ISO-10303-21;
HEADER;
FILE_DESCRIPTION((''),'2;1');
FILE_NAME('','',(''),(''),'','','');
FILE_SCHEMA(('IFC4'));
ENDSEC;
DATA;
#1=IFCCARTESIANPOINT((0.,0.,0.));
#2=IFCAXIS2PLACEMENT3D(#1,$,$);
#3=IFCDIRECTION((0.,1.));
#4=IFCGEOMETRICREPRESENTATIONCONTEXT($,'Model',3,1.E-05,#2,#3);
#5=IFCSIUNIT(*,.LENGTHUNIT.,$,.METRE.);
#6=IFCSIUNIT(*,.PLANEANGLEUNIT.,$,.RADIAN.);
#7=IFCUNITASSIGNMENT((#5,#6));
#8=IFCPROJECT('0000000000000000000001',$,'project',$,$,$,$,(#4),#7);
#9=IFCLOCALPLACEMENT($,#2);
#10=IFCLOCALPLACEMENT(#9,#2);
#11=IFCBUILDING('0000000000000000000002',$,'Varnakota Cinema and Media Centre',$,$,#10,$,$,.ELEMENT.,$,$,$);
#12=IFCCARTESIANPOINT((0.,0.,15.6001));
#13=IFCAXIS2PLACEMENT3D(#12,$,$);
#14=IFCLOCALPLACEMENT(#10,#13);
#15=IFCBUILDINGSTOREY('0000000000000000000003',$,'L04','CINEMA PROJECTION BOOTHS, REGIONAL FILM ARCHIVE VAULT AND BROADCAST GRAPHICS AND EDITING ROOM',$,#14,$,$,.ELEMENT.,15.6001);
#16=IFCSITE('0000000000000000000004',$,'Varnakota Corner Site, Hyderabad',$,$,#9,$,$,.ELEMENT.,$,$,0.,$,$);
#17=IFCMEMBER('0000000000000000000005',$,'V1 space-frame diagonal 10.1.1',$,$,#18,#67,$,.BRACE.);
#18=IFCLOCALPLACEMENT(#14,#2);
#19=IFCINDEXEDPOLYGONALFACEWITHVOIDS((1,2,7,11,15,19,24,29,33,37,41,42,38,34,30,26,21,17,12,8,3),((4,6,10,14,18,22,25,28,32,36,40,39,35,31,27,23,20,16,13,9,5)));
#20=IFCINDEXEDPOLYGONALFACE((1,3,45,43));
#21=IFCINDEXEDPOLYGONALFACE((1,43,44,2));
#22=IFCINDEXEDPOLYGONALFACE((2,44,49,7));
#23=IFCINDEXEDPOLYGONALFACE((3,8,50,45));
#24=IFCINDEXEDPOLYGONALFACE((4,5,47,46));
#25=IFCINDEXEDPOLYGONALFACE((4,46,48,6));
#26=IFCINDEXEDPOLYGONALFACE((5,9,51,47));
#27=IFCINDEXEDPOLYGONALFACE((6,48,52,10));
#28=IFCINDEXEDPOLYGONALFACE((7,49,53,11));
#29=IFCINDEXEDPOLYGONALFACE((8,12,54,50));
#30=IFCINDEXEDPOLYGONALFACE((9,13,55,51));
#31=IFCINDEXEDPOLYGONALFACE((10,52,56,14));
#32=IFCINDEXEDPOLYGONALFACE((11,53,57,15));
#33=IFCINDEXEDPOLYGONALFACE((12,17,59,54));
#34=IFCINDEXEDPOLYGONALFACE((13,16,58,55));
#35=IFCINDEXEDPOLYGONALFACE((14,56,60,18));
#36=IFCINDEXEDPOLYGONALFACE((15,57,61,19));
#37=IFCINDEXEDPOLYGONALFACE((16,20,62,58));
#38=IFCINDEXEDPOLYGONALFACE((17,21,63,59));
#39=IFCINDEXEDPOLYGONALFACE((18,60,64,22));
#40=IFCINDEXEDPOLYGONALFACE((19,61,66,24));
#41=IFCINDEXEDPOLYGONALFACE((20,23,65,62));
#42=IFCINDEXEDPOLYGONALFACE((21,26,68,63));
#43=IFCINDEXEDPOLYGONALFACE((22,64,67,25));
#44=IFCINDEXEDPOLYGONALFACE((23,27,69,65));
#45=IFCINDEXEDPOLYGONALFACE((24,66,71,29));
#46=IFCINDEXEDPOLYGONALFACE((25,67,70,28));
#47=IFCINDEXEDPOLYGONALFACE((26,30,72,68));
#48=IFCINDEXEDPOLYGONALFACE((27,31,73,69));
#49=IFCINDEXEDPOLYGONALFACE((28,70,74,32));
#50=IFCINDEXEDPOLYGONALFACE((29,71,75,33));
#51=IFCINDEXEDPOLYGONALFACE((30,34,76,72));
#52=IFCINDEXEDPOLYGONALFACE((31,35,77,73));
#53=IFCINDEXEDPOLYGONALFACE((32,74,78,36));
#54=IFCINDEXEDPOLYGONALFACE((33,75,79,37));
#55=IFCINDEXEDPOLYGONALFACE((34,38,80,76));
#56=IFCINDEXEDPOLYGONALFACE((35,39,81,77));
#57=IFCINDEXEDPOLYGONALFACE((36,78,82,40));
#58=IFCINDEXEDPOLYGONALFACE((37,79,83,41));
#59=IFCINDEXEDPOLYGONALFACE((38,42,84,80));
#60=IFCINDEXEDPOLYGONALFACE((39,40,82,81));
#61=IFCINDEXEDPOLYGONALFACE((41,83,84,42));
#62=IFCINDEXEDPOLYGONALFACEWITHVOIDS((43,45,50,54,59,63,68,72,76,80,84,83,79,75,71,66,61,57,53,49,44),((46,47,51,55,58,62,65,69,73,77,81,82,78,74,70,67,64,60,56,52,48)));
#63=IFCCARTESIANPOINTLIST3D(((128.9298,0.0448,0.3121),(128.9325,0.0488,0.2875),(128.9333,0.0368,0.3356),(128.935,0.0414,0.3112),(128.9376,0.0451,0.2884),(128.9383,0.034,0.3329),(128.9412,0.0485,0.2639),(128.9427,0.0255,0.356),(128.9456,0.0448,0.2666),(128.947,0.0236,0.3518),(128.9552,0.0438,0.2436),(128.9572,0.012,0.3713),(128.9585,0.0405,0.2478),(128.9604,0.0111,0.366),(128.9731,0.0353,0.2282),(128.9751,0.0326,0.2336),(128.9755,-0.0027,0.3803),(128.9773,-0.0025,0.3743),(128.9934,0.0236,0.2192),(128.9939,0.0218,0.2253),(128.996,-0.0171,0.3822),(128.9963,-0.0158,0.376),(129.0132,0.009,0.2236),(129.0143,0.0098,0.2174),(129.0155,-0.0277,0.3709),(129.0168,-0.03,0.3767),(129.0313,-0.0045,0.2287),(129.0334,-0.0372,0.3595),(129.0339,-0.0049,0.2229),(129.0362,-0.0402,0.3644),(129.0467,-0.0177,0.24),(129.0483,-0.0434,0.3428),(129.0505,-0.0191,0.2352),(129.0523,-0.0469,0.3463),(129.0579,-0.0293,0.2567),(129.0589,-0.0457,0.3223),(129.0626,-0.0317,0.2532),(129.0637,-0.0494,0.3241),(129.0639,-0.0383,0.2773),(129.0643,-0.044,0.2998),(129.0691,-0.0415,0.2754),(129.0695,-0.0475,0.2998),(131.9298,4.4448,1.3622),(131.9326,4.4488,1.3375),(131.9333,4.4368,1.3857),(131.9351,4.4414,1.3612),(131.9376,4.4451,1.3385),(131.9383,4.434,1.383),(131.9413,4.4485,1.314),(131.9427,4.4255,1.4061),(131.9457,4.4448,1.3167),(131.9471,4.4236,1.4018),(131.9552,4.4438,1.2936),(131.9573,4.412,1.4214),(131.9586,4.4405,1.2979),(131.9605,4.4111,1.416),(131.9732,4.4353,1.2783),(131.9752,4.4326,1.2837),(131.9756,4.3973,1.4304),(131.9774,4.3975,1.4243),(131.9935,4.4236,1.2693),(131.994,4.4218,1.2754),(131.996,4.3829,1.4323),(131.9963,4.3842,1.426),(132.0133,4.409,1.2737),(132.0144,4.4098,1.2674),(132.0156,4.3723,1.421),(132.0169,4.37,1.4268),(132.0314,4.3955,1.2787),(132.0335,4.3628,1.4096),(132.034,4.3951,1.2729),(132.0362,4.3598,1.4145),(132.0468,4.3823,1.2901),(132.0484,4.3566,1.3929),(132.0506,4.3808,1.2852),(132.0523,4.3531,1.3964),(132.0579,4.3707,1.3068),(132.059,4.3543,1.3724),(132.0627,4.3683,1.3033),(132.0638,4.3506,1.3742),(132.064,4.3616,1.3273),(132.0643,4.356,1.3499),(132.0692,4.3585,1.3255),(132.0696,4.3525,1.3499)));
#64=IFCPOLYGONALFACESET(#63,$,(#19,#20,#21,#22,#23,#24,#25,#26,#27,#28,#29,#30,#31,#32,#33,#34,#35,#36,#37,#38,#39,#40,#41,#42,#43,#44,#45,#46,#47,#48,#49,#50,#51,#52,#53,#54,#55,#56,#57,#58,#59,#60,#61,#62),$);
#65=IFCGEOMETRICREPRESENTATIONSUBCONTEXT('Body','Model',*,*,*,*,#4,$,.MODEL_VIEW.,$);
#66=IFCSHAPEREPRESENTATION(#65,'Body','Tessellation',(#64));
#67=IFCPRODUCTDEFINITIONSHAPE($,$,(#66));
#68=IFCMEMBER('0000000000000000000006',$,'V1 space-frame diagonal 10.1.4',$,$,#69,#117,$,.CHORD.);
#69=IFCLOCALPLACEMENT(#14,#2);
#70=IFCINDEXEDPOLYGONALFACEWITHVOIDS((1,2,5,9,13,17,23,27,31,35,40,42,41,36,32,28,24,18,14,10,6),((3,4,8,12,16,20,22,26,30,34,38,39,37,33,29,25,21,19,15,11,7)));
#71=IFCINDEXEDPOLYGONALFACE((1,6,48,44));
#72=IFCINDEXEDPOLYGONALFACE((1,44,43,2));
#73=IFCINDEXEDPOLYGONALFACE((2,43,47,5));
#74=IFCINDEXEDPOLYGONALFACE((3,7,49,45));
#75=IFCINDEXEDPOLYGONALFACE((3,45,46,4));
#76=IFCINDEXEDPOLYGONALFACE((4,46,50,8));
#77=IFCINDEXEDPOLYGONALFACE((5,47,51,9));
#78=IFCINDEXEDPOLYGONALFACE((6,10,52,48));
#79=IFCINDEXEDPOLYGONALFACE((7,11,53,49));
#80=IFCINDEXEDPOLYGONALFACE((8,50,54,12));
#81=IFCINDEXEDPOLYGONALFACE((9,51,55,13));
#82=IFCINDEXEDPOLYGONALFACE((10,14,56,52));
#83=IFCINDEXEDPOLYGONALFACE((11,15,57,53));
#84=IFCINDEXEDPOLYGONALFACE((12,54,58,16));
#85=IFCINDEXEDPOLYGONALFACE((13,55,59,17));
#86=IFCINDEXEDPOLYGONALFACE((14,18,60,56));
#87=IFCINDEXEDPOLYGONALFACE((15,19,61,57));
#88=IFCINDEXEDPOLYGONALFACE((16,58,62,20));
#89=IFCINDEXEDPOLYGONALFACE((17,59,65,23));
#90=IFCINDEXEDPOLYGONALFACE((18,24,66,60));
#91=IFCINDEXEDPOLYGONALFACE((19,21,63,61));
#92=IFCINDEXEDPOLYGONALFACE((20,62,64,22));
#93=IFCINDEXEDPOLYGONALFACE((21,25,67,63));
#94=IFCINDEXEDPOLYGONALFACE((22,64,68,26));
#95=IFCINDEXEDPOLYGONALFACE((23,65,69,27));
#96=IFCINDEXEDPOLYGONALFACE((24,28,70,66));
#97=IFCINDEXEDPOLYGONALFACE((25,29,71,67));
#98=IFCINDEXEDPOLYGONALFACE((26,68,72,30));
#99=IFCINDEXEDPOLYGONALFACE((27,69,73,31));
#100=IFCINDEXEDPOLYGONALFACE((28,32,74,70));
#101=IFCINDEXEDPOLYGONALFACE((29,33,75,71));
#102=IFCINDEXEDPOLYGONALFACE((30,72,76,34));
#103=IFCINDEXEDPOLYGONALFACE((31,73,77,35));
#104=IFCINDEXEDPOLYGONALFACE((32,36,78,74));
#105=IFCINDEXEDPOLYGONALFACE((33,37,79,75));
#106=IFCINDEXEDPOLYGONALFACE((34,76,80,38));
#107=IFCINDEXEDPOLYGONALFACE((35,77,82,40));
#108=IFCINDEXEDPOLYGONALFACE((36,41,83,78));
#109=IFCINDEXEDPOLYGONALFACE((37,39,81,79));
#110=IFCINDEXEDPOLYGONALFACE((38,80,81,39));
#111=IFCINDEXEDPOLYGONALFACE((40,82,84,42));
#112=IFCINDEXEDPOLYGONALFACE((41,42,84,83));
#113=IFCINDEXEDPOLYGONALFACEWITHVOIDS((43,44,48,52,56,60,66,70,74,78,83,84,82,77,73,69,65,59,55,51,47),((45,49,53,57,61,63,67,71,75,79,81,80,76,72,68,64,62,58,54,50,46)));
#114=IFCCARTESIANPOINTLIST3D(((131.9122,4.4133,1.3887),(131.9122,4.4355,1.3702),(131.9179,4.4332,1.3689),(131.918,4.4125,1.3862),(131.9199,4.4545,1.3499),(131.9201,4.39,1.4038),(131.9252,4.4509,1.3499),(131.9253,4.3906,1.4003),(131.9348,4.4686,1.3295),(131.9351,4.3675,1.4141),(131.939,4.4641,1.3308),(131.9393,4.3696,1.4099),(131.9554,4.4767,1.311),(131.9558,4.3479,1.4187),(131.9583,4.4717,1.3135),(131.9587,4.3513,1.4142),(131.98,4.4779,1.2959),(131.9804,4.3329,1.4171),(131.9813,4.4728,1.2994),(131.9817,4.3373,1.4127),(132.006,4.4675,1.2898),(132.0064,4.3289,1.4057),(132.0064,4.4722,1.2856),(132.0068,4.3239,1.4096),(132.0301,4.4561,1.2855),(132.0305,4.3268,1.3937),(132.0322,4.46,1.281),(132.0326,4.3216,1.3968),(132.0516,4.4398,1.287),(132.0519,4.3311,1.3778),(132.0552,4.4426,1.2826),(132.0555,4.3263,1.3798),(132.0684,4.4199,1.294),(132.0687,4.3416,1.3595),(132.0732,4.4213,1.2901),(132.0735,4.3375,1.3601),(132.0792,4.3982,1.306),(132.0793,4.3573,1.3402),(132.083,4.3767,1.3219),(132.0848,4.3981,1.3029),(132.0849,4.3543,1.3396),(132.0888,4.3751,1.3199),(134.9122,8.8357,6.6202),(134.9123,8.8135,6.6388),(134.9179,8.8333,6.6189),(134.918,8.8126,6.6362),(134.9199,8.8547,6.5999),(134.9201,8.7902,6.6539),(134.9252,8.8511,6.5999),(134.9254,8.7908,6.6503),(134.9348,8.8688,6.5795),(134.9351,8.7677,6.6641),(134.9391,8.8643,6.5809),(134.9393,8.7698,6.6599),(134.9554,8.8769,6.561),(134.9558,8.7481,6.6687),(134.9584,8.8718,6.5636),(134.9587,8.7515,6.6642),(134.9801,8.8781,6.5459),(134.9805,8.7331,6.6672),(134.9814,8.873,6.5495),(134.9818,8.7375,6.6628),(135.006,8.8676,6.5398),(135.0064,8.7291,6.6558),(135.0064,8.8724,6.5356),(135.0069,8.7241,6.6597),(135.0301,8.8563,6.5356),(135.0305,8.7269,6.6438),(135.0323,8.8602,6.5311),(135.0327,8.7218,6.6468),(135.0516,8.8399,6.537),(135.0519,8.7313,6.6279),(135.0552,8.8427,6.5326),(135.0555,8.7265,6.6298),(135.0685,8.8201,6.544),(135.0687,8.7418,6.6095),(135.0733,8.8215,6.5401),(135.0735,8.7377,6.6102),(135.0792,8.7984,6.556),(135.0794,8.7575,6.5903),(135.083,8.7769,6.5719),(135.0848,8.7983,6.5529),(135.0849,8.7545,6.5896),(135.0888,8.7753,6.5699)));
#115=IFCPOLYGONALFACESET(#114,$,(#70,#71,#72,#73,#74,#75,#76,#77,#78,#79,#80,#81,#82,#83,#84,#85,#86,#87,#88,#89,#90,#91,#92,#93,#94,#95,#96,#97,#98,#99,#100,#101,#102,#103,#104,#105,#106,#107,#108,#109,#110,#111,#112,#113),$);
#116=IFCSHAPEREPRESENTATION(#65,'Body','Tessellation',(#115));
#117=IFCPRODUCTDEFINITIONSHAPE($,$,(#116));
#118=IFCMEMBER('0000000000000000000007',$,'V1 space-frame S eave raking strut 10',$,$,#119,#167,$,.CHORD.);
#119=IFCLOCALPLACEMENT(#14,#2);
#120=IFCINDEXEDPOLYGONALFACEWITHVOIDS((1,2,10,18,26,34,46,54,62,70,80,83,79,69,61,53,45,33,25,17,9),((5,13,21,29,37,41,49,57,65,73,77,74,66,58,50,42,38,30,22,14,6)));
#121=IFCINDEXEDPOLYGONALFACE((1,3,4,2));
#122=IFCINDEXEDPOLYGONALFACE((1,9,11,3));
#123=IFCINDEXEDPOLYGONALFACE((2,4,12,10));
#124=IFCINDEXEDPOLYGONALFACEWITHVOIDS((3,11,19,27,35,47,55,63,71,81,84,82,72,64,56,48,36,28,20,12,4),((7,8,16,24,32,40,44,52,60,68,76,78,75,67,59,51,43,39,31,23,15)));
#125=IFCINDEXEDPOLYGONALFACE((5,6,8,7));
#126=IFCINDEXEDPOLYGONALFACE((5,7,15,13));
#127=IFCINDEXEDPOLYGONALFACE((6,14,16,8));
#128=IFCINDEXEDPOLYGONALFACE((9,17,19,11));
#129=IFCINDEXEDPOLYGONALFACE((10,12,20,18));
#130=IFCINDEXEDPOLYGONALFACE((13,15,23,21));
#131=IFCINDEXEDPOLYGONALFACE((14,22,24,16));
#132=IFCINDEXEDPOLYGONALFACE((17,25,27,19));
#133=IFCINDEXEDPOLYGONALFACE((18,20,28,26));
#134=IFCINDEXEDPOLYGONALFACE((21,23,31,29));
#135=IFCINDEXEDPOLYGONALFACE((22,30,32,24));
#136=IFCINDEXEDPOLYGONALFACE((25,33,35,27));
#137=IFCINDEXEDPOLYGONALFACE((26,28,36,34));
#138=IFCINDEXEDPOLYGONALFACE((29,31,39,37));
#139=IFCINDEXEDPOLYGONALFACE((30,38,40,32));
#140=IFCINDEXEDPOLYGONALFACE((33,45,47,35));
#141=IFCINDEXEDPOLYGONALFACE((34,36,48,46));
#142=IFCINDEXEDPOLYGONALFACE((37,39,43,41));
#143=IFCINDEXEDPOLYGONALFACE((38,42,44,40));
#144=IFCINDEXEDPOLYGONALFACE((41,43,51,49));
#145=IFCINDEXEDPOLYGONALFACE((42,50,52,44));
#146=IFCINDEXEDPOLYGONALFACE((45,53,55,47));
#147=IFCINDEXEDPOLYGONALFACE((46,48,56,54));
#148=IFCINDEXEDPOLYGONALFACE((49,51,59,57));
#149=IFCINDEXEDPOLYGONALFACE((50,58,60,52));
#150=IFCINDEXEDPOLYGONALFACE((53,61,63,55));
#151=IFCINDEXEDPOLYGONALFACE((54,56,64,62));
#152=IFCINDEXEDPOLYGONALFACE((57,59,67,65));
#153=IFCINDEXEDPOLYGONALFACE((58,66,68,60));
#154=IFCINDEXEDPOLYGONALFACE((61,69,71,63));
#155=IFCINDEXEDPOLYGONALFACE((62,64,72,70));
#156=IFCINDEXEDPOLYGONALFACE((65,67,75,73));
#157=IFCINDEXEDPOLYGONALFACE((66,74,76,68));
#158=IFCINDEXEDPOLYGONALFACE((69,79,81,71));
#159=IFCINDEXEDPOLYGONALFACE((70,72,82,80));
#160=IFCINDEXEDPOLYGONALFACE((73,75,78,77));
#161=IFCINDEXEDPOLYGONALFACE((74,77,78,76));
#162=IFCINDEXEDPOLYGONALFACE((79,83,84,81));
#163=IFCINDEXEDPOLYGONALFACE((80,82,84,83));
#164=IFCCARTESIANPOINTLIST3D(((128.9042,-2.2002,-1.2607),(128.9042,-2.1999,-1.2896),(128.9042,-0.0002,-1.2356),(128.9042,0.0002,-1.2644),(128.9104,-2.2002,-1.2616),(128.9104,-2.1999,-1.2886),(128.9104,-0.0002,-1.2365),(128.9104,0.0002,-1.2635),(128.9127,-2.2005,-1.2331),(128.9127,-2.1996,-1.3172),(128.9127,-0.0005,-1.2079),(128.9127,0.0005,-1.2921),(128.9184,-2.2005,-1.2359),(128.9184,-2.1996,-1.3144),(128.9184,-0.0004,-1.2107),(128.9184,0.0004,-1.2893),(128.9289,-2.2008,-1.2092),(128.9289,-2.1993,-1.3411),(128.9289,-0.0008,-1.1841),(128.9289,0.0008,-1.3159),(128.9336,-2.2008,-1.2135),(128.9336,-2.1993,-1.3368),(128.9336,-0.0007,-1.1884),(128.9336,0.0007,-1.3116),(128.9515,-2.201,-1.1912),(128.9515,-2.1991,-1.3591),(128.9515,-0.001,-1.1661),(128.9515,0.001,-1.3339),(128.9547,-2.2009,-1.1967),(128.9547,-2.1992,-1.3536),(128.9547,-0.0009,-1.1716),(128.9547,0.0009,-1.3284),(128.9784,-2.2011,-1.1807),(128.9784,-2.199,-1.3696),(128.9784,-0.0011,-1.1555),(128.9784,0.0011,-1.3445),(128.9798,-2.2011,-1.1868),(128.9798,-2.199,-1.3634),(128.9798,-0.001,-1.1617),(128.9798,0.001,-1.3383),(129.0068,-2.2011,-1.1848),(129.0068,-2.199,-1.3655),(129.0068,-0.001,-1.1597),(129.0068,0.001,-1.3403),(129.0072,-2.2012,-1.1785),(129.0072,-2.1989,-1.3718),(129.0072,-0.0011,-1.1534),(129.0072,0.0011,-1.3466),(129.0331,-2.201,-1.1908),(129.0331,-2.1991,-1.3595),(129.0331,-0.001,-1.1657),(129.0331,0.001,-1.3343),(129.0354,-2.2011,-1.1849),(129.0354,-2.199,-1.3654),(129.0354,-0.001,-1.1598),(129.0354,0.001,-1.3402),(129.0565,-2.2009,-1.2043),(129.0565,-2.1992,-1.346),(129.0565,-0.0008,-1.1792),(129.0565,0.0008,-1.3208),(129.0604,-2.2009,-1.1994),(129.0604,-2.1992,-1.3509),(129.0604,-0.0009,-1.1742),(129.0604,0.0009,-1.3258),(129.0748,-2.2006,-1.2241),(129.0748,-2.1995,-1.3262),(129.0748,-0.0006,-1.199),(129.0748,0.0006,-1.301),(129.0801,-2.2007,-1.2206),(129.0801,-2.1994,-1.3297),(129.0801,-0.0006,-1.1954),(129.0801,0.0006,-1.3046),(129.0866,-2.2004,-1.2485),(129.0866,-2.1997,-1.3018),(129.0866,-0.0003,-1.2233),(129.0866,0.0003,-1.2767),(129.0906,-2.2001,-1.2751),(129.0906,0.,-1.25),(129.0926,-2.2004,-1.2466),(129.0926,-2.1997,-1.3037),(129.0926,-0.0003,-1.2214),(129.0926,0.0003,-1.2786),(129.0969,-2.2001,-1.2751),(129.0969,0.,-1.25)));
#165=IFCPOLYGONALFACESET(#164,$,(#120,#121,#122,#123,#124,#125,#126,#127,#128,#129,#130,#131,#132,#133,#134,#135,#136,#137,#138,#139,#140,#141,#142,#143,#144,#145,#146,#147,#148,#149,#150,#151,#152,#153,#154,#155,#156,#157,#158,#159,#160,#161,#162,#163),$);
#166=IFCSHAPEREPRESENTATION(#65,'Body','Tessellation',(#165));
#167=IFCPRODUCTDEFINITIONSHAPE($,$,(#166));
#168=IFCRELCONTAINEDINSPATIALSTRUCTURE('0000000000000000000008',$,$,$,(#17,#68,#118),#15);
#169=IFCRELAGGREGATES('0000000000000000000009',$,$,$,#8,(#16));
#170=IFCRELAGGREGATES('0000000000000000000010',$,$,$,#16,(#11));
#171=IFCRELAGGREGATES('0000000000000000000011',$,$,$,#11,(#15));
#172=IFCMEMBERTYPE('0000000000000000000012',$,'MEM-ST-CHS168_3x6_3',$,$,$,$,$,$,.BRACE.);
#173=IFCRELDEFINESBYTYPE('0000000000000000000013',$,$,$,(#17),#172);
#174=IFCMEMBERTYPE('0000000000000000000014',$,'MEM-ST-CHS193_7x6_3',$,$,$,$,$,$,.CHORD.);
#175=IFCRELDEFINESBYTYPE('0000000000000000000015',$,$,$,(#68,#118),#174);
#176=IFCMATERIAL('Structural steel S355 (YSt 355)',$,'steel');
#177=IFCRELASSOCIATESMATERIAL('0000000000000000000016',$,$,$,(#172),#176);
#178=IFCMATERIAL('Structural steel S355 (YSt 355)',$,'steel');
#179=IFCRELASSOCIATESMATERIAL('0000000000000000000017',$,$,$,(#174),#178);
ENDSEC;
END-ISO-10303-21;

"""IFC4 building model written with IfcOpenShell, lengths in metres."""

from ifc_helpers import new_model, si_unit, direction, frame, origin, origin_2d, place, context, subcontext, project, spatial, hollow_circle, extrude, material, material_profile, profile_set, type_object, element, save


model = new_model("IFC4")

# Units and contexts
model_context = context("Model", 3, precision=1e-05, world=origin(), true_north=direction((0.0, 1.0)))
body_context = subcontext(model_context, "Body", "Model", "MODEL_VIEW")
ifc_project = project(units=[si_unit("LENGTHUNIT", "METRE"), si_unit("PLANEANGLEUNIT", "RADIAN")], contexts=[model_context])

# Site, building, storey
site_placement = place(None, origin())
site = spatial("IfcSite", under=ifc_project, at=site_placement, Name="Varnakota Corner Site, Hyderabad", CompositionType="ELEMENT", RefElevation=0.0)
building_placement = place(site_placement, origin())
building = spatial("IfcBuilding", under=site, at=building_placement, Name="Varnakota Cinema and Media Centre", CompositionType="ELEMENT")
storey_placement = place(building_placement, frame((0.0, 0.0, 15.6001)))
storey = spatial("IfcBuildingStorey", under=building, at=storey_placement, Name="L04", Description="CINEMA PROJECTION BOOTHS, REGIONAL FILM ARCHIVE VAULT AND BROADCAST GRAPHICS AND EDITING ROOM", CompositionType="ELEMENT", Elevation=15.6001)

# Members
ifc_material_1 = material(Name="Structural steel S355 (YSt 355)", Category="steel")
ifc_material_profile_1 = material_profile(ifc_material_1, hollow_circle(Radius=0.0842, WallThickness=0.0063, at=origin_2d()), Name="CHS 168.3x6.3")
ifc_profile_set_1 = profile_set([ifc_material_profile_1], Name="Structural steel S355 (YSt 355)")
member_type_1 = type_object("IfcMemberType", Name="MEM-ST-CHS168_3x6_3", PredefinedType="BRACE", material=ifc_profile_set_1)
member_1_placement = place(storey_placement, frame((132.0, 4.3999, 1.3499), z_axis=(-0.552703, -0.810613, -0.193455), x_axis=(0.826222, -0.563345, 0.0)))
element("IfcMember", 1, at=member_1_placement, inside=storey, type_object=member_type_1, Name="V1 space-frame diagonal 10.1.1", PredefinedType="BRACE", context=body_context, shape_type="SweptSolid", body=[
    extrude(hollow_circle(Radius=0.0842, WallThickness=0.0063, at=origin_2d()), origin(), (0.0, 0.0, 1.0), 5.428),
])
ifc_material_2 = material(Name="Structural steel S355 (YSt 355)", Category="steel")
ifc_material_profile_2 = material_profile(ifc_material_2, hollow_circle(Radius=0.0969, WallThickness=0.0063, at=origin_2d()), Name="CHS 193.7x6.3")
ifc_profile_set_2 = profile_set([ifc_material_profile_2], Name="Structural steel S355 (YSt 355)")
member_type_2 = type_object("IfcMemberType", Name="MEM-ST-CHS193_7x6_3", PredefinedType="CHORD", material=ifc_profile_set_2)
member_2_placement = place(storey_placement, frame((132.0, 4.3999, 1.3499), z_axis=(0.401165, 0.588395, 0.702039), x_axis=(-0.826236, 0.563324, 0.0)))
element("IfcMember", 2, at=member_2_placement, inside=storey, type_object=member_type_2, Name="V1 space-frame diagonal 10.1.4", PredefinedType="CHORD", context=body_context, shape_type="SweptSolid", body=[
    extrude(hollow_circle(Radius=0.0969, WallThickness=0.0063, at=origin_2d()), origin(), (0.0, 0.0, 1.0), 7.4783),
])
for number, where, z_axis, x_axis, name in (
    (3, (129.0, 0.0, -1.25), (0.0, -0.999935, -0.01143), (1.0, 0.0, 0.0), "V1 space-frame S eave raking strut 10"),
):
    element("IfcMember", number, at=place(storey_placement, frame(where, z_axis=z_axis, x_axis=x_axis)), inside=storey, type_object=member_type_2, Name=name, PredefinedType="CHORD", context=body_context, shape_type="SweptSolid", body=[
        extrude(hollow_circle(Radius=0.0969, WallThickness=0.0063, at=origin_2d()), origin(), (0.0, 0.0, 1.0), 2.2002),
    ])

save(model, "model.ifc")
